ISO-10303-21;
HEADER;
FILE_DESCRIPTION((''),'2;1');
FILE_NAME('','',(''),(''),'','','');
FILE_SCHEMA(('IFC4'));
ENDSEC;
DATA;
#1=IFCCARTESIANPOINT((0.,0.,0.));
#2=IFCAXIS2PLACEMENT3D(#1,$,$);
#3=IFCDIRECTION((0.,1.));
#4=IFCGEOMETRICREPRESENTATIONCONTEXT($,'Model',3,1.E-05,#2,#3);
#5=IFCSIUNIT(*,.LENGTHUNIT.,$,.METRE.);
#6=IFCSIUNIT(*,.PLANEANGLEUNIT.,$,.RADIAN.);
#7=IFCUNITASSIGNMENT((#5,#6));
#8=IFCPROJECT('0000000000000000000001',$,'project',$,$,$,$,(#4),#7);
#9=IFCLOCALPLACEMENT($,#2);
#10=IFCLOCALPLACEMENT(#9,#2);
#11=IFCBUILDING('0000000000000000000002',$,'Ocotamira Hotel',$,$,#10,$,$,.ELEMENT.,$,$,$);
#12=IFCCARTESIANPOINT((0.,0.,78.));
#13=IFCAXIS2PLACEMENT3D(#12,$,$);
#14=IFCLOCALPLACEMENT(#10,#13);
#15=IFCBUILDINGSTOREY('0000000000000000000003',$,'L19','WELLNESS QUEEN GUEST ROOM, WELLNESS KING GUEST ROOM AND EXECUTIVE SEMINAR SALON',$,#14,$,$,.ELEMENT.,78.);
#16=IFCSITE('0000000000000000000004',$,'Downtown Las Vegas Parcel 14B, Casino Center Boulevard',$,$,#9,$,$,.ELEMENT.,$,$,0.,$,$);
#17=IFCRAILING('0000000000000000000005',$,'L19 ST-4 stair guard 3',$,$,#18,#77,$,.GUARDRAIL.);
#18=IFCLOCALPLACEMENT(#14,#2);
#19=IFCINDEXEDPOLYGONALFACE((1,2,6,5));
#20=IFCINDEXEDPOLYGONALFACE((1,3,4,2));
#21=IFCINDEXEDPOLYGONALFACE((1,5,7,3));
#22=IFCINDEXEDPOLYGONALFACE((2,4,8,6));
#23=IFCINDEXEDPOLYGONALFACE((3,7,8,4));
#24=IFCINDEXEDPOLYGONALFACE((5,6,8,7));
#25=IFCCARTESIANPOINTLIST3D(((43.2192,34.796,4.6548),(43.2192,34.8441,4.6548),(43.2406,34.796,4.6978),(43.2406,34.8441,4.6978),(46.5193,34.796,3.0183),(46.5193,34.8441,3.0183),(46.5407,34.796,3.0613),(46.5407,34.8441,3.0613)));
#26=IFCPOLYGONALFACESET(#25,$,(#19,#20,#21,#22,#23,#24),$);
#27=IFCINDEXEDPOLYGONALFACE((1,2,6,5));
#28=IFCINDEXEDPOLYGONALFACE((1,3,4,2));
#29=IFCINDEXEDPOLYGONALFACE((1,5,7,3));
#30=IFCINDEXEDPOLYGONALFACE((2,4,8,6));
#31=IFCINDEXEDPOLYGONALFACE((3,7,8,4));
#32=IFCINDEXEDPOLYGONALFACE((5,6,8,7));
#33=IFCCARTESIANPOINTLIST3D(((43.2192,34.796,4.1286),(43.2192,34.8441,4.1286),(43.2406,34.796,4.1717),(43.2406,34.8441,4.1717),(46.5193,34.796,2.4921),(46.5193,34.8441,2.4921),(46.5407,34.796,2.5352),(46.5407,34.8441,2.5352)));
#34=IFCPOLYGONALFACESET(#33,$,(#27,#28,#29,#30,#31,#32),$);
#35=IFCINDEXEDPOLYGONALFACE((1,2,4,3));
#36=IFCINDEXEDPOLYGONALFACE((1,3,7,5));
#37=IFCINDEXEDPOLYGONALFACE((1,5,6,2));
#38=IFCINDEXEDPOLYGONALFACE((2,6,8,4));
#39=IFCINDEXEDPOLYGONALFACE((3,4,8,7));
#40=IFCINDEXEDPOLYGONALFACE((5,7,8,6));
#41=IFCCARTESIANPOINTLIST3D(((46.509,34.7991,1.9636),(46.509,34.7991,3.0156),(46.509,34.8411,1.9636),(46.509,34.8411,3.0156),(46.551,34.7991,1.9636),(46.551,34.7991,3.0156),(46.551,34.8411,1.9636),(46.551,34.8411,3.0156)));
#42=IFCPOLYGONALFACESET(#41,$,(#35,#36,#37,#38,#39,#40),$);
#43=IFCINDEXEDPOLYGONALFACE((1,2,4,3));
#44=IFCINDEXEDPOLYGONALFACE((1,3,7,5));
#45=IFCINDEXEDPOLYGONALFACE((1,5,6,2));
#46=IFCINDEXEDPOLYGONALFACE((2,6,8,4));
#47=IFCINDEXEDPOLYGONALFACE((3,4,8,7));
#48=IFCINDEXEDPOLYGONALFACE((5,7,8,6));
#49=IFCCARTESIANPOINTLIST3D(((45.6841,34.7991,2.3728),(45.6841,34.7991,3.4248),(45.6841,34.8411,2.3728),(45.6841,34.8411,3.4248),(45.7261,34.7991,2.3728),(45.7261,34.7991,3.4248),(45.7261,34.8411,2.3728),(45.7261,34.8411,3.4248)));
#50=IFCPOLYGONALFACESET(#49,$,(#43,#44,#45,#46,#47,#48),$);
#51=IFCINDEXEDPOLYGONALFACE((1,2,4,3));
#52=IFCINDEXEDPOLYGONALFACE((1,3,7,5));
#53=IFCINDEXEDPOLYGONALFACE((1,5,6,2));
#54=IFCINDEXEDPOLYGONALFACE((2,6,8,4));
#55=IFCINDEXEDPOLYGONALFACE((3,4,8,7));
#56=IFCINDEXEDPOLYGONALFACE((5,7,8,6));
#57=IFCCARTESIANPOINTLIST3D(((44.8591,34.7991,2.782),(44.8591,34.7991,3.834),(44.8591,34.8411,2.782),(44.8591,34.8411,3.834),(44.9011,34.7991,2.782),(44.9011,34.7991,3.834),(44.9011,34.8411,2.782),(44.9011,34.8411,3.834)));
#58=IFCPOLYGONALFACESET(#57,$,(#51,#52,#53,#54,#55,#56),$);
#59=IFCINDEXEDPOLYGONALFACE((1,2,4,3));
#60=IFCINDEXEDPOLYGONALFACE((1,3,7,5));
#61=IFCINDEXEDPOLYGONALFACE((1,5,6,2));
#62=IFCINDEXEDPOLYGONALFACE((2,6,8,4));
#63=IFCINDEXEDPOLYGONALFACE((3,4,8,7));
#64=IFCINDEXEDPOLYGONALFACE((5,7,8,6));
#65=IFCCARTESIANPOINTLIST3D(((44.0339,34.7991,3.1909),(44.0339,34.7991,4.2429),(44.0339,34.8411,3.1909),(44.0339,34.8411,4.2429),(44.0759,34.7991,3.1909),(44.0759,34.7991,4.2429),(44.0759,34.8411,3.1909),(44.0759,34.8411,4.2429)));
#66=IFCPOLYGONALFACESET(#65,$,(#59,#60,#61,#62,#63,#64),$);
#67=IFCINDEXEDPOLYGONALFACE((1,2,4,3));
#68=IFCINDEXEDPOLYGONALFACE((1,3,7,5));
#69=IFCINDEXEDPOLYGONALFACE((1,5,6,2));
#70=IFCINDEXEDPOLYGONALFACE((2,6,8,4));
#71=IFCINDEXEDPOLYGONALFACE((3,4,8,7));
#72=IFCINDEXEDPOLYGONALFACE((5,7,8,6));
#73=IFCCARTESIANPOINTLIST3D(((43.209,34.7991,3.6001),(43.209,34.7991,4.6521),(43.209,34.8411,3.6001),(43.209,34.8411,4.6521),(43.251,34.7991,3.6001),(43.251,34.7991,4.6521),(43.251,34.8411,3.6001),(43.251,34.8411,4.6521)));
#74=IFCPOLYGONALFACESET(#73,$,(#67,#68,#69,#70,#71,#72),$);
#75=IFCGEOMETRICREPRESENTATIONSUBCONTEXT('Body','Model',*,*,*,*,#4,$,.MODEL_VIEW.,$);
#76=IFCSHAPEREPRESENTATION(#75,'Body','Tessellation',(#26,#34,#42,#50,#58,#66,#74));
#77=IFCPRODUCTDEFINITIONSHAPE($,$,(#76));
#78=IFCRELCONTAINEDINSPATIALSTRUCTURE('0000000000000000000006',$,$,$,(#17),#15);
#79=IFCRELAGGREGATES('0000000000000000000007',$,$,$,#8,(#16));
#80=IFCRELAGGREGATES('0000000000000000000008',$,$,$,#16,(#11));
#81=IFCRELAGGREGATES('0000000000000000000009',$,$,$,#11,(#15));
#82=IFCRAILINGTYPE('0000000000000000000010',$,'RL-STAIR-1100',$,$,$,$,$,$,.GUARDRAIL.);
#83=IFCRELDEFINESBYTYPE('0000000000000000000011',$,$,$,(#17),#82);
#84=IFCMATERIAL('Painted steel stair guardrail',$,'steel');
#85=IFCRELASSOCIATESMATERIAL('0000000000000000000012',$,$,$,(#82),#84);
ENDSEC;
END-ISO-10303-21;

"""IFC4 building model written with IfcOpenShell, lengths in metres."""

from ifc_helpers import new_model, si_unit, direction, frame, origin, origin_2d, place, context, subcontext, project, spatial, rectangle, extrude, material, type_object, element, save


model = new_model("IFC4")

# Units and contexts
model_context = context("Model", 3, precision=1e-05, world=origin(), true_north=direction((0.0, 1.0)))
body_context = subcontext(model_context, "Body", "Model", "MODEL_VIEW")
ifc_project = project(units=[si_unit("LENGTHUNIT", "METRE"), si_unit("PLANEANGLEUNIT", "RADIAN")], contexts=[model_context])

# Site, building, storey
site_placement = place(None, origin())
site = spatial("IfcSite", under=ifc_project, at=site_placement, Name="Downtown Las Vegas Parcel 14B, Casino Center Boulevard", CompositionType="ELEMENT", RefElevation=0.0)
building_placement = place(site_placement, origin())
building = spatial("IfcBuilding", under=site, at=building_placement, Name="Ocotamira Hotel", CompositionType="ELEMENT")
storey_placement = place(building_placement, frame((0.0, 0.0, 78.0)))
storey = spatial("IfcBuildingStorey", under=building, at=storey_placement, Name="L19", Description="WELLNESS QUEEN GUEST ROOM, WELLNESS KING GUEST ROOM AND EXECUTIVE SEMINAR SALON", CompositionType="ELEMENT", Elevation=78.0)

# Railing
ifc_material_1 = material(Name="Painted steel stair guardrail", Category="steel")
railing_type_1 = type_object("IfcRailingType", Name="RL-STAIR-1100", PredefinedType="GUARDRAIL", material=ifc_material_1)
railing_1_placement = place(storey_placement, frame((46.53, 34.8201, 1.9636)))
element("IfcRailing", 1, at=railing_1_placement, inside=storey, type_object=railing_type_1, Name="L19 ST-4 stair guard 3", PredefinedType="GUARDRAIL", context=body_context, shape_type="SweptSolid", body=[
    extrude(rectangle(XDim=0.0481, YDim=0.0481, at=origin_2d()), frame((0.0, 0.0, 1.0762), z_axis=(-0.895894, 0.0, 0.444268), x_axis=(0.0, -1.0, 0.0)), (0.0, 0.0, 1.0), 3.6836),
    extrude(rectangle(XDim=0.0481, YDim=0.0481, at=origin_2d()), frame((0.0, 0.0, 0.55), z_axis=(-0.895894, 0.0, 0.444268), x_axis=(0.0, -1.0, 0.0)), (0.0, 0.0, 1.0), 3.6836),
    extrude(rectangle(XDim=0.042, YDim=0.042, at=origin_2d()), origin(), (0.0, 0.0, 1.0), 1.052),
    extrude(rectangle(XDim=0.042, YDim=0.042, at=origin_2d()), frame((-0.825, 0.0, 0.4092)), (0.0, 0.0, 1.0), 1.052),
    extrude(rectangle(XDim=0.042, YDim=0.042, at=origin_2d()), frame((-1.6499, 0.0, 0.8184)), (0.0, 0.0, 1.0), 1.052),
    extrude(rectangle(XDim=0.042, YDim=0.042, at=origin_2d()), frame((-2.4751, 0.0, 1.2273)), (0.0, 0.0, 1.0), 1.052),
    extrude(rectangle(XDim=0.042, YDim=0.042, at=origin_2d()), frame((-3.3, 0.0, 1.6365)), (0.0, 0.0, 1.0), 1.052),
])

save(model, "model.ifc")
